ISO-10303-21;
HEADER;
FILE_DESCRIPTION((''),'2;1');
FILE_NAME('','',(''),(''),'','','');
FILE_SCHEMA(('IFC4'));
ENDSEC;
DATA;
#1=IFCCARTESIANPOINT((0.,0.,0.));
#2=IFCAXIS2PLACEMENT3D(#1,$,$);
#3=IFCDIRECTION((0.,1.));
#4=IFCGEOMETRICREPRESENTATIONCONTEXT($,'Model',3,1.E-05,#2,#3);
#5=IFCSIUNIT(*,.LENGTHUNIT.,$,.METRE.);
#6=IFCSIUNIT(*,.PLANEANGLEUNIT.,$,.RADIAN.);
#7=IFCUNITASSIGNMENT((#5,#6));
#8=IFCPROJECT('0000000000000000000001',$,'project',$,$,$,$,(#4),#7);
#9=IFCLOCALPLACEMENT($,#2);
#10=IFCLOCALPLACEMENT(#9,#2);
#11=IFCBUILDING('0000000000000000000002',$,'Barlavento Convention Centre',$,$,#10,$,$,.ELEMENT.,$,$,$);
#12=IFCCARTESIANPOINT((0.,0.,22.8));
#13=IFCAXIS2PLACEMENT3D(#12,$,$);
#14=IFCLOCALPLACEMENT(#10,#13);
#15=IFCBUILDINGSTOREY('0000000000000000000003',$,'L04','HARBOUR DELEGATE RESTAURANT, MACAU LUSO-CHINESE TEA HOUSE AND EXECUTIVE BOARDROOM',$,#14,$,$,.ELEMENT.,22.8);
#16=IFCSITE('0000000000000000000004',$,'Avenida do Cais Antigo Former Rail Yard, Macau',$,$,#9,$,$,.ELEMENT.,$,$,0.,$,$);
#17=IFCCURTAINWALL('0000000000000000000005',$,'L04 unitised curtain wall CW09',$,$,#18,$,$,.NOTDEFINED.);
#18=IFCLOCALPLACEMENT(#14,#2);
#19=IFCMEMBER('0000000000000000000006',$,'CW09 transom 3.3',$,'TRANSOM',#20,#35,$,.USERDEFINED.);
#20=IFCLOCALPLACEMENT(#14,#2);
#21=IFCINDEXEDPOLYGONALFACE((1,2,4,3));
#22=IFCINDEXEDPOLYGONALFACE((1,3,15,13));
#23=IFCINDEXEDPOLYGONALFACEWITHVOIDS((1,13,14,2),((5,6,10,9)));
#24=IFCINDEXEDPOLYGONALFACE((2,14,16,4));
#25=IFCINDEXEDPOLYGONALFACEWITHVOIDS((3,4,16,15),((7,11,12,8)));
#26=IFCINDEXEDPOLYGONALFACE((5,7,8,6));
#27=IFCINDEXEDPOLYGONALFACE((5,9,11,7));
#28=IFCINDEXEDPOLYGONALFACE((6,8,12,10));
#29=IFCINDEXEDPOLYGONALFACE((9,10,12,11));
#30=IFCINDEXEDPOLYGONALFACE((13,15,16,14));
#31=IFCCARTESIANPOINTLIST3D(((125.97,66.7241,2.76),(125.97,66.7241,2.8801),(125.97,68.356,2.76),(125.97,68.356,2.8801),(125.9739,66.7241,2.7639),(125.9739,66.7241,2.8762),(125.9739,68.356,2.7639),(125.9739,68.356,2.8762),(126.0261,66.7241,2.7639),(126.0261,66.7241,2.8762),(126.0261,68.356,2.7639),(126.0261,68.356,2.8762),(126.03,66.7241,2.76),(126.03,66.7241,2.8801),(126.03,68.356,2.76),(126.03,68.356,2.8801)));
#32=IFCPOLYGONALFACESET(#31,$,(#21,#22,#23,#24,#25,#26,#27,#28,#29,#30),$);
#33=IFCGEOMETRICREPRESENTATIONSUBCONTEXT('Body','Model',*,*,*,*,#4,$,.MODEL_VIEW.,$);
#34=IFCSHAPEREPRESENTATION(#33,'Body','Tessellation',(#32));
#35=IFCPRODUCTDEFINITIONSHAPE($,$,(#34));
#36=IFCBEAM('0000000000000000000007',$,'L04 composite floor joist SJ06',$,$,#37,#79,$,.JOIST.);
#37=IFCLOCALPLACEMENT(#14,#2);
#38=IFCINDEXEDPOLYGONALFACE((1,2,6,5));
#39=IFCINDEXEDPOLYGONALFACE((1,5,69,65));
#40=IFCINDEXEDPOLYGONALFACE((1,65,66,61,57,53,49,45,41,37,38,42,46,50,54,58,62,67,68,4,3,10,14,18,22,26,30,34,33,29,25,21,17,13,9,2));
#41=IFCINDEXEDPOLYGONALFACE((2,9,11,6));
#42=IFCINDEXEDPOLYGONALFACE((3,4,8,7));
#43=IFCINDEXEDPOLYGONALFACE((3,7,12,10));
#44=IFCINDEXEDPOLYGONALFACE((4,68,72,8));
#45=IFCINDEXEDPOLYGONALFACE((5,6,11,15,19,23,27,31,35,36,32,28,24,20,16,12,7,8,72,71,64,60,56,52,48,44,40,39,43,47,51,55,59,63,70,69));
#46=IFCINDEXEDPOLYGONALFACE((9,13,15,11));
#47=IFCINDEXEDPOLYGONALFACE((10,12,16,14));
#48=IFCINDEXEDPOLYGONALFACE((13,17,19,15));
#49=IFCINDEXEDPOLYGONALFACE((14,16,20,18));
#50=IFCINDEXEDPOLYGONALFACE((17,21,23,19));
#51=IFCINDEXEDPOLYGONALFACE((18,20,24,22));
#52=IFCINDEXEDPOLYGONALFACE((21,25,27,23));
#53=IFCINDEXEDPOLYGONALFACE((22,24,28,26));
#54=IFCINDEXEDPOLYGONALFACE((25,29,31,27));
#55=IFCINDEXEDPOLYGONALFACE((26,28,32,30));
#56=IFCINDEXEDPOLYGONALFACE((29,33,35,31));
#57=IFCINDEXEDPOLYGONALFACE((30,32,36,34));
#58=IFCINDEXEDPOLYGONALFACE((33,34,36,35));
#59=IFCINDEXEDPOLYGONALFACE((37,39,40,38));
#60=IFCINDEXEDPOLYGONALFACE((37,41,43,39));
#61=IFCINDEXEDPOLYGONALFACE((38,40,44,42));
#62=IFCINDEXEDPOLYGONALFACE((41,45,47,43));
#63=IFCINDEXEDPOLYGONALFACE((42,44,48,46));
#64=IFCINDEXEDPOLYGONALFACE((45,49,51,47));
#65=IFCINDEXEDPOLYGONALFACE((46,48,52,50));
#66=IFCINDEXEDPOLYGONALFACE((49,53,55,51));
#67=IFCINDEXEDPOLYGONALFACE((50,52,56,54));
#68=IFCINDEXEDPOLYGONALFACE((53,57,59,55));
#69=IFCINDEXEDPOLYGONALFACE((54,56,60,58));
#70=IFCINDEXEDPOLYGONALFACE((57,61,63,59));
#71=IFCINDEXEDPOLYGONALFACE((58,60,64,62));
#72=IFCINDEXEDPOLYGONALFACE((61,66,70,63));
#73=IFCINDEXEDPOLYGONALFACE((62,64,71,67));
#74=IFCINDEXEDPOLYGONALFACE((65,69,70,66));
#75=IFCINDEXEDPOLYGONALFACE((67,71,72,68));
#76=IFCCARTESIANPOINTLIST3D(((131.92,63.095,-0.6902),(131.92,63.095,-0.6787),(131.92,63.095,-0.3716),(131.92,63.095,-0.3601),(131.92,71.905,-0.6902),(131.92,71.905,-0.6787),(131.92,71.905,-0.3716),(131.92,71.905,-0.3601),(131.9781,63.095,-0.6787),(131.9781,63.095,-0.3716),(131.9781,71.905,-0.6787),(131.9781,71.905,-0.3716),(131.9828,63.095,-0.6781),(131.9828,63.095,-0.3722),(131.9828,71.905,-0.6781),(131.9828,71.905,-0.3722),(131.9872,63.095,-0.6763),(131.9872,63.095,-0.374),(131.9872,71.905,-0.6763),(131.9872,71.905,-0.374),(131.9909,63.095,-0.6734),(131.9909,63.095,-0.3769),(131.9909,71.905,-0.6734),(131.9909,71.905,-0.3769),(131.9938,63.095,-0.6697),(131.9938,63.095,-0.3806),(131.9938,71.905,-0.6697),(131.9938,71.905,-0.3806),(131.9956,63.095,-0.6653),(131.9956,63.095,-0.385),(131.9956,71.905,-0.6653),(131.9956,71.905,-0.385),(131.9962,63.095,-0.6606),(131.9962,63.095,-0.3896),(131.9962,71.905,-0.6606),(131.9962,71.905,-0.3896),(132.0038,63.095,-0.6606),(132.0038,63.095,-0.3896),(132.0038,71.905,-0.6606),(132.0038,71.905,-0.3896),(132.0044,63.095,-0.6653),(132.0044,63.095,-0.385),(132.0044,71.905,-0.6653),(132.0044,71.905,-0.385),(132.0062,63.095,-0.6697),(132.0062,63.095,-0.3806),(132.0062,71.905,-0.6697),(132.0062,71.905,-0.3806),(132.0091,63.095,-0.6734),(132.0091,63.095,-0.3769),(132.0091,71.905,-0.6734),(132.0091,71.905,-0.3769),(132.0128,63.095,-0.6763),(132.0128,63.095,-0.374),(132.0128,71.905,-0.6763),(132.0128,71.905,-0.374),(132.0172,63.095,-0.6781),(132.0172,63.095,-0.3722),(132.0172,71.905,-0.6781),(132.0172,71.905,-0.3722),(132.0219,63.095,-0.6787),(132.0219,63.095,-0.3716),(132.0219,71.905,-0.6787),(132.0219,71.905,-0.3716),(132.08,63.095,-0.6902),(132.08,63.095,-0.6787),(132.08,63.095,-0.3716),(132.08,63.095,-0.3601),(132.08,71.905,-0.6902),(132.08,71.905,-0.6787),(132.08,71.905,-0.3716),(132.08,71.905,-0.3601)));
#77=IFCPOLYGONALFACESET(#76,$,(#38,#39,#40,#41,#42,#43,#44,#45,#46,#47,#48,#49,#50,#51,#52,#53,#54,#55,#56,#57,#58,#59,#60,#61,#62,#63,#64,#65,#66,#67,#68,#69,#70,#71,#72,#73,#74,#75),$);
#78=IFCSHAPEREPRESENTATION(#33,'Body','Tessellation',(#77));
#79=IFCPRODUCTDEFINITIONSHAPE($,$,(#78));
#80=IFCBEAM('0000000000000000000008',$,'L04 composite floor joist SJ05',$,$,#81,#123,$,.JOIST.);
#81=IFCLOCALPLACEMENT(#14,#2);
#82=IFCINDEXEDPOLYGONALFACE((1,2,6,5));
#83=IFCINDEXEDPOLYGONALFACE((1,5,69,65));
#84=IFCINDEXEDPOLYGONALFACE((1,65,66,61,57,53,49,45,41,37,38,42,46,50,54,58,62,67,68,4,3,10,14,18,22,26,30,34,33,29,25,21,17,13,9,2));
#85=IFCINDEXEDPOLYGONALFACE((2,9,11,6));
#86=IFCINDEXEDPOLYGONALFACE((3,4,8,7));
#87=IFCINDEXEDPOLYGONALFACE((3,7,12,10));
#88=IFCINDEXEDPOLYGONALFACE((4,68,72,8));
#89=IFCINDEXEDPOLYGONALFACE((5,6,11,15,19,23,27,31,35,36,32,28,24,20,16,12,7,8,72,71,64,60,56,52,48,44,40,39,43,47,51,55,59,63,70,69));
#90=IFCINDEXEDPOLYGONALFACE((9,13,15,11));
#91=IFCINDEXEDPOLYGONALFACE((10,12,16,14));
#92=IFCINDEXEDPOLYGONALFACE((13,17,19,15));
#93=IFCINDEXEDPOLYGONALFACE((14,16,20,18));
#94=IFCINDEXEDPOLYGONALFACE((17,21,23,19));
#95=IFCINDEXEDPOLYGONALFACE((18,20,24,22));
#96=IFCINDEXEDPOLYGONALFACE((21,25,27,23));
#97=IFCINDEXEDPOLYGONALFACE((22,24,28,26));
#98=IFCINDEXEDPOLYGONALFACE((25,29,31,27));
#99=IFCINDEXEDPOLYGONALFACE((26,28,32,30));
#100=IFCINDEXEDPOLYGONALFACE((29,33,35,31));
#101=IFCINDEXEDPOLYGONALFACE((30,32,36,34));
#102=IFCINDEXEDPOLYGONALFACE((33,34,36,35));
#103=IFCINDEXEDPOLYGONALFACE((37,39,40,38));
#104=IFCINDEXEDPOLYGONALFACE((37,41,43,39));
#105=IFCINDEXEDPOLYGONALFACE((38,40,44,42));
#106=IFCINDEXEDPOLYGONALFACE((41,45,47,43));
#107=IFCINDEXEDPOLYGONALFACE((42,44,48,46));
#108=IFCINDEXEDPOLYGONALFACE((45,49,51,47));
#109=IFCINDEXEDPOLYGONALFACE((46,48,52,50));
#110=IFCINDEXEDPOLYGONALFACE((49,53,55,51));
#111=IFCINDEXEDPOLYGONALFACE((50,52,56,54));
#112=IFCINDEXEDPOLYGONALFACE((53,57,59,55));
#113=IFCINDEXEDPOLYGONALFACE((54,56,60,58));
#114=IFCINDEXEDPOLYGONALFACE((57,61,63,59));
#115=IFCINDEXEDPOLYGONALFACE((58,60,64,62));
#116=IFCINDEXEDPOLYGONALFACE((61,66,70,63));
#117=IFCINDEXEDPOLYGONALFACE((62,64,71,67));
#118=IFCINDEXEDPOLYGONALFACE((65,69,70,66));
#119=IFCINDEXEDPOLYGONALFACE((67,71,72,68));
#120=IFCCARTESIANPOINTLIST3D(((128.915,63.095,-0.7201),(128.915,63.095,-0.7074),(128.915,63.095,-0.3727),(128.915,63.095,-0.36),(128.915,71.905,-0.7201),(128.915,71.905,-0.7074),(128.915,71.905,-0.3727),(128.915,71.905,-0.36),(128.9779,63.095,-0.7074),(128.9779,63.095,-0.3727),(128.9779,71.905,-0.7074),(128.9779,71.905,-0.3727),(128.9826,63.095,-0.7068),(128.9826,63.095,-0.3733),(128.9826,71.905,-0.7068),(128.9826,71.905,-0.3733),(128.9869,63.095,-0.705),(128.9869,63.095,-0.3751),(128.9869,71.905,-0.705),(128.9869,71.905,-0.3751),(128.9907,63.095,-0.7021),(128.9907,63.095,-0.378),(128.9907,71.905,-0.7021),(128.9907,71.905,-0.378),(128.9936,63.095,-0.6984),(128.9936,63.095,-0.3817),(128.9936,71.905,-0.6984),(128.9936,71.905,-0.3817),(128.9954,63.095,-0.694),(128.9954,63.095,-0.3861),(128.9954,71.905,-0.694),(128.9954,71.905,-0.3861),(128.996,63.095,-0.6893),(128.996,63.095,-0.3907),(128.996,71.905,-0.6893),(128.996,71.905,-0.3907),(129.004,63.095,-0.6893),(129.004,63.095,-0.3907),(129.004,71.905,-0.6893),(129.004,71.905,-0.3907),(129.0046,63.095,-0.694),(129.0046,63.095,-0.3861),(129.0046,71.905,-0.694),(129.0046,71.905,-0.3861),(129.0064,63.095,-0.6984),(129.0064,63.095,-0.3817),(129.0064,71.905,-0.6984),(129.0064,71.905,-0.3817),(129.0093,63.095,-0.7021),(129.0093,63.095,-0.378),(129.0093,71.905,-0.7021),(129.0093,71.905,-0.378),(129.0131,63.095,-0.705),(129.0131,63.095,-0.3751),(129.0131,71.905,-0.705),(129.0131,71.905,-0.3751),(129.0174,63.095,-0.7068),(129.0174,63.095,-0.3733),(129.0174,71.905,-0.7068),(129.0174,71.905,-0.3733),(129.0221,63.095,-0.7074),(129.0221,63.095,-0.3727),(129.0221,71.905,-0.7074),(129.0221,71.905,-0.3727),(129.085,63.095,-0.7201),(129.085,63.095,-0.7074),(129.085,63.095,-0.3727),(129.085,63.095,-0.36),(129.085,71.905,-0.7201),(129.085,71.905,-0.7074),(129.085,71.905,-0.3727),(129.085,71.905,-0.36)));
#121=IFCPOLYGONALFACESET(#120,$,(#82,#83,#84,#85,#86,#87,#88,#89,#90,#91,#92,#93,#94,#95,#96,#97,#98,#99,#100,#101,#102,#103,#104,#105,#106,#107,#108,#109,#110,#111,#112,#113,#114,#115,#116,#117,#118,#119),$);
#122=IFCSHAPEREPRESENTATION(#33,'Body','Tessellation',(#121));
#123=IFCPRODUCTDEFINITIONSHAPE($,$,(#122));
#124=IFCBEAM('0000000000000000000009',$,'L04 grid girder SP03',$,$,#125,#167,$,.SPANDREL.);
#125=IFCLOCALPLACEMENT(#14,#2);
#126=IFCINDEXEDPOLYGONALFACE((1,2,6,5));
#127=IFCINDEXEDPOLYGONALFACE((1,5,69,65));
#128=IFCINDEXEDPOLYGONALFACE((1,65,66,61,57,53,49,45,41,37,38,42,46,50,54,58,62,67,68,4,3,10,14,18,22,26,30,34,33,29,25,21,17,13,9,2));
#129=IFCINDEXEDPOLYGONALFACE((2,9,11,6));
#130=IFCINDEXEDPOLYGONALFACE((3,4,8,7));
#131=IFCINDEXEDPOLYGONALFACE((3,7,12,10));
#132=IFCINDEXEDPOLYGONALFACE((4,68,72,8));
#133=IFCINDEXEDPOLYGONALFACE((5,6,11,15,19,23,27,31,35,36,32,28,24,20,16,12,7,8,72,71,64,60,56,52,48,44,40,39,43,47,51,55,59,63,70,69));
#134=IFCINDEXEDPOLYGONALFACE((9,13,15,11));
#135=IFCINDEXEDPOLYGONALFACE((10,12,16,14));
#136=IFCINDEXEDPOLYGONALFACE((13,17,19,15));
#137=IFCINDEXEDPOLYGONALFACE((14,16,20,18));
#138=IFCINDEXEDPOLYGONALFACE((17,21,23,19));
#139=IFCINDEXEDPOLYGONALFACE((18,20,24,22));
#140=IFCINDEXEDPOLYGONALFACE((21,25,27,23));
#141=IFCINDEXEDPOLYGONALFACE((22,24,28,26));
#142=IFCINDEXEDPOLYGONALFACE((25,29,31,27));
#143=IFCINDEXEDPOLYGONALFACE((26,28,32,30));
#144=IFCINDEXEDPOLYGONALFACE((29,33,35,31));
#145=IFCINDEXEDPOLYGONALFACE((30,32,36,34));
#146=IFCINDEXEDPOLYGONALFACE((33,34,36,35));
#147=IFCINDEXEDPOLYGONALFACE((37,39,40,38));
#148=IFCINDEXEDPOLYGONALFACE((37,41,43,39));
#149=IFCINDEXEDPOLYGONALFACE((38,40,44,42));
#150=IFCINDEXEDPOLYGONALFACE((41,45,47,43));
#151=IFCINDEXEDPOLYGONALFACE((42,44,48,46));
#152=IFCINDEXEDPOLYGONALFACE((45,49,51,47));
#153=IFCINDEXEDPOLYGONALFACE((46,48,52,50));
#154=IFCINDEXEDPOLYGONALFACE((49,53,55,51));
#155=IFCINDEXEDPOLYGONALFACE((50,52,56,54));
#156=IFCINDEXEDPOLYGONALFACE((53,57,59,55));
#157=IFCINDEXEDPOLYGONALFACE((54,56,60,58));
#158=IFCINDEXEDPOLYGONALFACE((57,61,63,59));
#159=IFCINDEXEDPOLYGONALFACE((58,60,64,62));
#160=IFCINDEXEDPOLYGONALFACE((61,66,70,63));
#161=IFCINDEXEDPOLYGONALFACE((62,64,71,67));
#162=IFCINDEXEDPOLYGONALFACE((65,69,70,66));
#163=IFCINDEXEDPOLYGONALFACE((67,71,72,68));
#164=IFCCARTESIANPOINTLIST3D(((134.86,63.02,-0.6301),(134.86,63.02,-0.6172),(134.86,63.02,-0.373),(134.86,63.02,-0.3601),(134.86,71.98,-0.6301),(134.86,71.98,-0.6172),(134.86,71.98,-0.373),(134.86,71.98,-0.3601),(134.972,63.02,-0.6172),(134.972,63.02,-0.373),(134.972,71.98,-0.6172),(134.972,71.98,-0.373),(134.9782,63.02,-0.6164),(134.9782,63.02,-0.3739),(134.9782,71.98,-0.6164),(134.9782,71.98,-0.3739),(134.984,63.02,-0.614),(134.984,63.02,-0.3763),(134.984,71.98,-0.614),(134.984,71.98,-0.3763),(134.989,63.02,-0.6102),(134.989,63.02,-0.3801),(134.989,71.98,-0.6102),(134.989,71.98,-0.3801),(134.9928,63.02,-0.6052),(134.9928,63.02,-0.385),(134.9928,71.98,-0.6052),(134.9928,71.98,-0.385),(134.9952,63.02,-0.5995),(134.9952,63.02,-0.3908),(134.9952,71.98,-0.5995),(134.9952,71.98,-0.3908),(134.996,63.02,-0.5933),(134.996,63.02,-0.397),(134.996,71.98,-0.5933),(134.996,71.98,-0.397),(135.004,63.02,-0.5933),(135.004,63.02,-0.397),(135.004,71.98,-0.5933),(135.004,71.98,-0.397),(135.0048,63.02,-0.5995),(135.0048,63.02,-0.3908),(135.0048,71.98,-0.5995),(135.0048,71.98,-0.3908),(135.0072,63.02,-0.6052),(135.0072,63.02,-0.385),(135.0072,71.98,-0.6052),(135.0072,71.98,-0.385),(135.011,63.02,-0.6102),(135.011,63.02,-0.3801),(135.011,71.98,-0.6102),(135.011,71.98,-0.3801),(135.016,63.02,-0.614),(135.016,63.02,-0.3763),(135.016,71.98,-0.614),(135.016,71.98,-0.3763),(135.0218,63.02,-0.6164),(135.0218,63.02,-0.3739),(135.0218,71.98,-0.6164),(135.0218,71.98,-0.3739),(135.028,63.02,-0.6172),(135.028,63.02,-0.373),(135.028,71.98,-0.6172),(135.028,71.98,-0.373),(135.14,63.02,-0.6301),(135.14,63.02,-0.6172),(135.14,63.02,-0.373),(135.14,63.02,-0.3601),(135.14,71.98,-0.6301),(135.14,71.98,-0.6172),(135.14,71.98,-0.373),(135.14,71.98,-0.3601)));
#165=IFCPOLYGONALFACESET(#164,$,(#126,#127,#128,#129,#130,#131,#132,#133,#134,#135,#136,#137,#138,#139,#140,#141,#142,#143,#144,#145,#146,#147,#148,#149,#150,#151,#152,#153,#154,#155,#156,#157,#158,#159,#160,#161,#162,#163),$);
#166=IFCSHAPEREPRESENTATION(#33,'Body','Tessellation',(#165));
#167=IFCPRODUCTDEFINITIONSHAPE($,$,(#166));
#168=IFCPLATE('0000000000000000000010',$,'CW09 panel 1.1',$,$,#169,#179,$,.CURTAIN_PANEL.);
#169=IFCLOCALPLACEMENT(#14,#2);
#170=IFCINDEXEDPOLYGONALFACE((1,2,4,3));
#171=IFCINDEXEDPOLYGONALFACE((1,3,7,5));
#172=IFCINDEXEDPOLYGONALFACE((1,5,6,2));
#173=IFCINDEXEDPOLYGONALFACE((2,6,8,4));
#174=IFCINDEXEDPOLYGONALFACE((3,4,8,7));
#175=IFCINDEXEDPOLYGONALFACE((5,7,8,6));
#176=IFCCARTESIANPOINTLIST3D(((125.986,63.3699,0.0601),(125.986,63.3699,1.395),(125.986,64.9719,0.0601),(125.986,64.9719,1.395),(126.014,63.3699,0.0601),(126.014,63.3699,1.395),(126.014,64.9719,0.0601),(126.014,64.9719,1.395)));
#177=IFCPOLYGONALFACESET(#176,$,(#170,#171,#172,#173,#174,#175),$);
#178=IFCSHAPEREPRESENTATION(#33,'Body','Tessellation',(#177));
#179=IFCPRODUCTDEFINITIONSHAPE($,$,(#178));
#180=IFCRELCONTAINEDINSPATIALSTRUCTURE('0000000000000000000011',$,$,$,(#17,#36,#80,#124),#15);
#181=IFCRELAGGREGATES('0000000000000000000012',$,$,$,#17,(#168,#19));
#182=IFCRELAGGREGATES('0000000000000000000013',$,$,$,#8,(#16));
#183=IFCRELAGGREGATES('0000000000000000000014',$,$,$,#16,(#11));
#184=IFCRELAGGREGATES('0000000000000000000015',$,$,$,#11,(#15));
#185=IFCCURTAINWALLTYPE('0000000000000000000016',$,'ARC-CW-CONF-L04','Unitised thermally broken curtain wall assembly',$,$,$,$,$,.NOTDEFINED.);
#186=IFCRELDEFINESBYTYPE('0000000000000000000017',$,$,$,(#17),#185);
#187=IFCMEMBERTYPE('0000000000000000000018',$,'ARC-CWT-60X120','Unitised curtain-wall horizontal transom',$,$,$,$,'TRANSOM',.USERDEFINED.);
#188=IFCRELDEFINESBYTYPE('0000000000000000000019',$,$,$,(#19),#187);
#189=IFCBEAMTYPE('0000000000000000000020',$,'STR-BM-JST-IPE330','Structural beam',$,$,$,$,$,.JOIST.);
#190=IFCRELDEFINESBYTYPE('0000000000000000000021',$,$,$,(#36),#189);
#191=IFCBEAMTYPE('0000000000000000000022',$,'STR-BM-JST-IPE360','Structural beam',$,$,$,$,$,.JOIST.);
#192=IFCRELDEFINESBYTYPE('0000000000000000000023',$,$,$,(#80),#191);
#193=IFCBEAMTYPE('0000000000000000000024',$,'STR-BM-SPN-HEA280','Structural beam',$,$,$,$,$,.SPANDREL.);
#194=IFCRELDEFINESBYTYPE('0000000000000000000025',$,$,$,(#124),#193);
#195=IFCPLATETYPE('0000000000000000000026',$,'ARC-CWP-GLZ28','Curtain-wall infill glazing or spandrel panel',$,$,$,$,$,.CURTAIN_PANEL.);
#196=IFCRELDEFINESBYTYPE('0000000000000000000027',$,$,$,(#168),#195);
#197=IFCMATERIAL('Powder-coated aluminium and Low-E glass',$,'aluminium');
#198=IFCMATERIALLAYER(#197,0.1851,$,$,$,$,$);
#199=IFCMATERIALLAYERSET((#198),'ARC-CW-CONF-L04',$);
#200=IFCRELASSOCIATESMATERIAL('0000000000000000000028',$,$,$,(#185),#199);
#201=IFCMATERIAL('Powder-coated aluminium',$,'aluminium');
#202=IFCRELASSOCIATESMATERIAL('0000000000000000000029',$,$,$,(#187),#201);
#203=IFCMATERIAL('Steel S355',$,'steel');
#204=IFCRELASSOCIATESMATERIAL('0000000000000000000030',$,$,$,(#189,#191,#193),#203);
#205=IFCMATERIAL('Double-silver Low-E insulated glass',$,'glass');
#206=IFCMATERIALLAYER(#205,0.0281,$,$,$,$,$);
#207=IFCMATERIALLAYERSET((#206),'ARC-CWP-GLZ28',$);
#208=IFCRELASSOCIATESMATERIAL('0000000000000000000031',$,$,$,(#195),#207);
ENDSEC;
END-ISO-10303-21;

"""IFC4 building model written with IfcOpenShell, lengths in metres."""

from ifc_helpers import new_model, si_unit, direction, frame, origin, origin_2d, place, context, subcontext, project, spatial, rectangle, hollow_rectangle, i_section, extrude, material, layer, layer_set, material_profile, profile_set, type_object, element, aggregate, save


model = new_model("IFC4")

# Units and contexts
model_context = context("Model", 3, precision=1e-05, world=origin(), true_north=direction((0.0, 1.0)))
body_context = subcontext(model_context, "Body", "Model", "MODEL_VIEW")
ifc_project = project(units=[si_unit("LENGTHUNIT", "METRE"), si_unit("PLANEANGLEUNIT", "RADIAN")], contexts=[model_context])

# Site, building, storey
site_placement = place(None, origin())
site = spatial("IfcSite", under=ifc_project, at=site_placement, Name="Avenida do Cais Antigo Former Rail Yard, Macau", CompositionType="ELEMENT", RefElevation=0.0)
building_placement = place(site_placement, origin())
building = spatial("IfcBuilding", under=site, at=building_placement, Name="Barlavento Convention Centre", CompositionType="ELEMENT")
storey_placement = place(building_placement, frame((0.0, 0.0, 22.8)))
storey = spatial("IfcBuildingStorey", under=building, at=storey_placement, Name="L04", Description="HARBOUR DELEGATE RESTAURANT, MACAU LUSO-CHINESE TEA HOUSE AND EXECUTIVE BOARDROOM", CompositionType="ELEMENT", Elevation=22.8)

# Curtain wall
ifc_material_1 = material(Name="Powder-coated aluminium and Low-E glass", Category="aluminium")
ifc_material_2 = material(Name="Powder-coated aluminium", Category="aluminium")
ifc_layer_1 = layer(ifc_material_1, 0.1851)
ifc_layer_set_1 = layer_set([ifc_layer_1], Name="ARC-CW-CONF-L04")
curtain_wall_type_1 = type_object("IfcCurtainWallType", Name="ARC-CW-CONF-L04", Description="Unitised thermally broken curtain wall assembly", PredefinedType="NOTDEFINED", material=ifc_layer_set_1)
curtain_wall_1_placement = place(storey_placement, origin())
curtain_wall_1 = element("IfcCurtainWall", 1, at=curtain_wall_1_placement, inside=storey, type_object=curtain_wall_type_1, Name="L04 unitised curtain wall CW09", PredefinedType="NOTDEFINED")

# Member
ifc_material_profile_1 = material_profile(ifc_material_2, hollow_rectangle(XDim=0.0601, YDim=0.1201, WallThickness=0.0039, at=origin_2d()), Name="AL-TRAN 60x120x4")
ifc_profile_set_1 = profile_set([ifc_material_profile_1], Name="Powder-coated aluminium")
member_type_1 = type_object("IfcMemberType", Name="ARC-CWT-60X120", Description="Unitised curtain-wall horizontal transom", ElementType="TRANSOM", PredefinedType="USERDEFINED", material=ifc_profile_set_1)
member_1_placement = place(storey_placement, frame((126.0, 66.7241, 2.8201), z_axis=(0.0, 1.0, 0.0), x_axis=(-1.0, 0.0, 0.0)))
member_1 = element("IfcMember", 2, at=member_1_placement, type_object=member_type_1, Name="CW09 transom 3.3", ObjectType="TRANSOM", PredefinedType="USERDEFINED", context=body_context, shape_type="SweptSolid", body=[
    extrude(hollow_rectangle(XDim=0.0601, YDim=0.1201, WallThickness=0.0039, at=origin_2d()), origin(), (0.0, 0.0, 1.0), 1.6318),
])

# Beams
ifc_material_3 = material(Name="Steel S355", Category="steel")
ifc_material_profile_2 = material_profile(ifc_material_3, i_section(OverallWidth=0.1599, OverallDepth=0.3301, WebThickness=0.0076, FlangeThickness=0.0115, FilletRadius=0.0181, at=origin_2d()), Name="IPE 330")
ifc_profile_set_2 = profile_set([ifc_material_profile_2], Name="Steel S355")
beam_type_1 = type_object("IfcBeamType", Name="STR-BM-JST-IPE330", Description="Structural beam", PredefinedType="JOIST", material=ifc_profile_set_2)
beam_1_placement = place(storey_placement, frame((132.0, 63.095, -0.5251), z_axis=(0.0, 1.0, 0.0), x_axis=(-1.0, 0.0, 0.0)))
element("IfcBeam", 3, at=beam_1_placement, inside=storey, type_object=beam_type_1, Name="L04 composite floor joist SJ06", PredefinedType="JOIST", context=body_context, shape_type="SweptSolid", body=[
    extrude(i_section(OverallWidth=0.1599, OverallDepth=0.3301, WebThickness=0.0076, FlangeThickness=0.0115, FilletRadius=0.0181, at=origin_2d()), origin(), (0.0, 0.0, 1.0), 8.8101),
])
ifc_material_profile_3 = material_profile(ifc_material_3, i_section(OverallWidth=0.1699, OverallDepth=0.3601, WebThickness=0.0081, FlangeThickness=0.0127, FilletRadius=0.0181, at=origin_2d()), Name="IPE 360")
ifc_profile_set_3 = profile_set([ifc_material_profile_3], Name="Steel S355")
beam_type_2 = type_object("IfcBeamType", Name="STR-BM-JST-IPE360", Description="Structural beam", PredefinedType="JOIST", material=ifc_profile_set_3)
beam_2_placement = place(storey_placement, frame((129.0, 63.095, -0.54), z_axis=(0.0, 1.0, 0.0), x_axis=(-1.0, 0.0, 0.0)))
element("IfcBeam", 4, at=beam_2_placement, inside=storey, type_object=beam_type_2, Name="L04 composite floor joist SJ05", PredefinedType="JOIST", context=body_context, shape_type="SweptSolid", body=[
    extrude(i_section(OverallWidth=0.1699, OverallDepth=0.3601, WebThickness=0.0081, FlangeThickness=0.0127, FilletRadius=0.0181, at=origin_2d()), origin(), (0.0, 0.0, 1.0), 8.8101),
])
ifc_material_profile_4 = material_profile(ifc_material_3, i_section(OverallWidth=0.28, OverallDepth=0.27, WebThickness=0.0081, FlangeThickness=0.0129, FilletRadius=0.0239, at=origin_2d()), Name="HEA 280")
ifc_profile_set_4 = profile_set([ifc_material_profile_4], Name="Steel S355")
beam_type_3 = type_object("IfcBeamType", Name="STR-BM-SPN-HEA280", Description="Structural beam", PredefinedType="SPANDREL", material=ifc_profile_set_4)
beam_3_placement = place(storey_placement, frame((135.0, 63.02, -0.4951), z_axis=(0.0, 1.0, 0.0), x_axis=(-1.0, 0.0, 0.0)))
element("IfcBeam", 5, at=beam_3_placement, inside=storey, type_object=beam_type_3, Name="L04 grid girder SP03", PredefinedType="SPANDREL", context=body_context, shape_type="SweptSolid", body=[
    extrude(i_section(OverallWidth=0.28, OverallDepth=0.27, WebThickness=0.0081, FlangeThickness=0.0129, FilletRadius=0.0239, at=origin_2d()), origin(), (0.0, 0.0, 1.0), 8.96),
])

# Plate
ifc_material_4 = material(Name="Double-silver Low-E insulated glass", Category="glass")
ifc_layer_2 = layer(ifc_material_4, 0.0281)
ifc_layer_set_2 = layer_set([ifc_layer_2], Name="ARC-CWP-GLZ28")
plate_type = type_object("IfcPlateType", Name="ARC-CWP-GLZ28", Description="Curtain-wall infill glazing or spandrel panel", PredefinedType="CURTAIN_PANEL", material=ifc_layer_set_2)
plate_1_placement = place(storey_placement, frame((126.0, 64.1709, 0.0601), z_axis=(0.0, 0.0, 1.0), x_axis=(0.0, 1.0, 0.0)))
plate_1 = element("IfcPlate", 6, at=plate_1_placement, type_object=plate_type, Name="CW09 panel 1.1", PredefinedType="CURTAIN_PANEL", context=body_context, shape_type="SweptSolid", body=[
    extrude(rectangle(XDim=1.6021, YDim=0.0281, at=origin_2d()), origin(), (0.0, 0.0, 1.0), 1.335),
])
aggregate(curtain_wall_1, [plate_1, member_1])

save(model, "model.ifc")
